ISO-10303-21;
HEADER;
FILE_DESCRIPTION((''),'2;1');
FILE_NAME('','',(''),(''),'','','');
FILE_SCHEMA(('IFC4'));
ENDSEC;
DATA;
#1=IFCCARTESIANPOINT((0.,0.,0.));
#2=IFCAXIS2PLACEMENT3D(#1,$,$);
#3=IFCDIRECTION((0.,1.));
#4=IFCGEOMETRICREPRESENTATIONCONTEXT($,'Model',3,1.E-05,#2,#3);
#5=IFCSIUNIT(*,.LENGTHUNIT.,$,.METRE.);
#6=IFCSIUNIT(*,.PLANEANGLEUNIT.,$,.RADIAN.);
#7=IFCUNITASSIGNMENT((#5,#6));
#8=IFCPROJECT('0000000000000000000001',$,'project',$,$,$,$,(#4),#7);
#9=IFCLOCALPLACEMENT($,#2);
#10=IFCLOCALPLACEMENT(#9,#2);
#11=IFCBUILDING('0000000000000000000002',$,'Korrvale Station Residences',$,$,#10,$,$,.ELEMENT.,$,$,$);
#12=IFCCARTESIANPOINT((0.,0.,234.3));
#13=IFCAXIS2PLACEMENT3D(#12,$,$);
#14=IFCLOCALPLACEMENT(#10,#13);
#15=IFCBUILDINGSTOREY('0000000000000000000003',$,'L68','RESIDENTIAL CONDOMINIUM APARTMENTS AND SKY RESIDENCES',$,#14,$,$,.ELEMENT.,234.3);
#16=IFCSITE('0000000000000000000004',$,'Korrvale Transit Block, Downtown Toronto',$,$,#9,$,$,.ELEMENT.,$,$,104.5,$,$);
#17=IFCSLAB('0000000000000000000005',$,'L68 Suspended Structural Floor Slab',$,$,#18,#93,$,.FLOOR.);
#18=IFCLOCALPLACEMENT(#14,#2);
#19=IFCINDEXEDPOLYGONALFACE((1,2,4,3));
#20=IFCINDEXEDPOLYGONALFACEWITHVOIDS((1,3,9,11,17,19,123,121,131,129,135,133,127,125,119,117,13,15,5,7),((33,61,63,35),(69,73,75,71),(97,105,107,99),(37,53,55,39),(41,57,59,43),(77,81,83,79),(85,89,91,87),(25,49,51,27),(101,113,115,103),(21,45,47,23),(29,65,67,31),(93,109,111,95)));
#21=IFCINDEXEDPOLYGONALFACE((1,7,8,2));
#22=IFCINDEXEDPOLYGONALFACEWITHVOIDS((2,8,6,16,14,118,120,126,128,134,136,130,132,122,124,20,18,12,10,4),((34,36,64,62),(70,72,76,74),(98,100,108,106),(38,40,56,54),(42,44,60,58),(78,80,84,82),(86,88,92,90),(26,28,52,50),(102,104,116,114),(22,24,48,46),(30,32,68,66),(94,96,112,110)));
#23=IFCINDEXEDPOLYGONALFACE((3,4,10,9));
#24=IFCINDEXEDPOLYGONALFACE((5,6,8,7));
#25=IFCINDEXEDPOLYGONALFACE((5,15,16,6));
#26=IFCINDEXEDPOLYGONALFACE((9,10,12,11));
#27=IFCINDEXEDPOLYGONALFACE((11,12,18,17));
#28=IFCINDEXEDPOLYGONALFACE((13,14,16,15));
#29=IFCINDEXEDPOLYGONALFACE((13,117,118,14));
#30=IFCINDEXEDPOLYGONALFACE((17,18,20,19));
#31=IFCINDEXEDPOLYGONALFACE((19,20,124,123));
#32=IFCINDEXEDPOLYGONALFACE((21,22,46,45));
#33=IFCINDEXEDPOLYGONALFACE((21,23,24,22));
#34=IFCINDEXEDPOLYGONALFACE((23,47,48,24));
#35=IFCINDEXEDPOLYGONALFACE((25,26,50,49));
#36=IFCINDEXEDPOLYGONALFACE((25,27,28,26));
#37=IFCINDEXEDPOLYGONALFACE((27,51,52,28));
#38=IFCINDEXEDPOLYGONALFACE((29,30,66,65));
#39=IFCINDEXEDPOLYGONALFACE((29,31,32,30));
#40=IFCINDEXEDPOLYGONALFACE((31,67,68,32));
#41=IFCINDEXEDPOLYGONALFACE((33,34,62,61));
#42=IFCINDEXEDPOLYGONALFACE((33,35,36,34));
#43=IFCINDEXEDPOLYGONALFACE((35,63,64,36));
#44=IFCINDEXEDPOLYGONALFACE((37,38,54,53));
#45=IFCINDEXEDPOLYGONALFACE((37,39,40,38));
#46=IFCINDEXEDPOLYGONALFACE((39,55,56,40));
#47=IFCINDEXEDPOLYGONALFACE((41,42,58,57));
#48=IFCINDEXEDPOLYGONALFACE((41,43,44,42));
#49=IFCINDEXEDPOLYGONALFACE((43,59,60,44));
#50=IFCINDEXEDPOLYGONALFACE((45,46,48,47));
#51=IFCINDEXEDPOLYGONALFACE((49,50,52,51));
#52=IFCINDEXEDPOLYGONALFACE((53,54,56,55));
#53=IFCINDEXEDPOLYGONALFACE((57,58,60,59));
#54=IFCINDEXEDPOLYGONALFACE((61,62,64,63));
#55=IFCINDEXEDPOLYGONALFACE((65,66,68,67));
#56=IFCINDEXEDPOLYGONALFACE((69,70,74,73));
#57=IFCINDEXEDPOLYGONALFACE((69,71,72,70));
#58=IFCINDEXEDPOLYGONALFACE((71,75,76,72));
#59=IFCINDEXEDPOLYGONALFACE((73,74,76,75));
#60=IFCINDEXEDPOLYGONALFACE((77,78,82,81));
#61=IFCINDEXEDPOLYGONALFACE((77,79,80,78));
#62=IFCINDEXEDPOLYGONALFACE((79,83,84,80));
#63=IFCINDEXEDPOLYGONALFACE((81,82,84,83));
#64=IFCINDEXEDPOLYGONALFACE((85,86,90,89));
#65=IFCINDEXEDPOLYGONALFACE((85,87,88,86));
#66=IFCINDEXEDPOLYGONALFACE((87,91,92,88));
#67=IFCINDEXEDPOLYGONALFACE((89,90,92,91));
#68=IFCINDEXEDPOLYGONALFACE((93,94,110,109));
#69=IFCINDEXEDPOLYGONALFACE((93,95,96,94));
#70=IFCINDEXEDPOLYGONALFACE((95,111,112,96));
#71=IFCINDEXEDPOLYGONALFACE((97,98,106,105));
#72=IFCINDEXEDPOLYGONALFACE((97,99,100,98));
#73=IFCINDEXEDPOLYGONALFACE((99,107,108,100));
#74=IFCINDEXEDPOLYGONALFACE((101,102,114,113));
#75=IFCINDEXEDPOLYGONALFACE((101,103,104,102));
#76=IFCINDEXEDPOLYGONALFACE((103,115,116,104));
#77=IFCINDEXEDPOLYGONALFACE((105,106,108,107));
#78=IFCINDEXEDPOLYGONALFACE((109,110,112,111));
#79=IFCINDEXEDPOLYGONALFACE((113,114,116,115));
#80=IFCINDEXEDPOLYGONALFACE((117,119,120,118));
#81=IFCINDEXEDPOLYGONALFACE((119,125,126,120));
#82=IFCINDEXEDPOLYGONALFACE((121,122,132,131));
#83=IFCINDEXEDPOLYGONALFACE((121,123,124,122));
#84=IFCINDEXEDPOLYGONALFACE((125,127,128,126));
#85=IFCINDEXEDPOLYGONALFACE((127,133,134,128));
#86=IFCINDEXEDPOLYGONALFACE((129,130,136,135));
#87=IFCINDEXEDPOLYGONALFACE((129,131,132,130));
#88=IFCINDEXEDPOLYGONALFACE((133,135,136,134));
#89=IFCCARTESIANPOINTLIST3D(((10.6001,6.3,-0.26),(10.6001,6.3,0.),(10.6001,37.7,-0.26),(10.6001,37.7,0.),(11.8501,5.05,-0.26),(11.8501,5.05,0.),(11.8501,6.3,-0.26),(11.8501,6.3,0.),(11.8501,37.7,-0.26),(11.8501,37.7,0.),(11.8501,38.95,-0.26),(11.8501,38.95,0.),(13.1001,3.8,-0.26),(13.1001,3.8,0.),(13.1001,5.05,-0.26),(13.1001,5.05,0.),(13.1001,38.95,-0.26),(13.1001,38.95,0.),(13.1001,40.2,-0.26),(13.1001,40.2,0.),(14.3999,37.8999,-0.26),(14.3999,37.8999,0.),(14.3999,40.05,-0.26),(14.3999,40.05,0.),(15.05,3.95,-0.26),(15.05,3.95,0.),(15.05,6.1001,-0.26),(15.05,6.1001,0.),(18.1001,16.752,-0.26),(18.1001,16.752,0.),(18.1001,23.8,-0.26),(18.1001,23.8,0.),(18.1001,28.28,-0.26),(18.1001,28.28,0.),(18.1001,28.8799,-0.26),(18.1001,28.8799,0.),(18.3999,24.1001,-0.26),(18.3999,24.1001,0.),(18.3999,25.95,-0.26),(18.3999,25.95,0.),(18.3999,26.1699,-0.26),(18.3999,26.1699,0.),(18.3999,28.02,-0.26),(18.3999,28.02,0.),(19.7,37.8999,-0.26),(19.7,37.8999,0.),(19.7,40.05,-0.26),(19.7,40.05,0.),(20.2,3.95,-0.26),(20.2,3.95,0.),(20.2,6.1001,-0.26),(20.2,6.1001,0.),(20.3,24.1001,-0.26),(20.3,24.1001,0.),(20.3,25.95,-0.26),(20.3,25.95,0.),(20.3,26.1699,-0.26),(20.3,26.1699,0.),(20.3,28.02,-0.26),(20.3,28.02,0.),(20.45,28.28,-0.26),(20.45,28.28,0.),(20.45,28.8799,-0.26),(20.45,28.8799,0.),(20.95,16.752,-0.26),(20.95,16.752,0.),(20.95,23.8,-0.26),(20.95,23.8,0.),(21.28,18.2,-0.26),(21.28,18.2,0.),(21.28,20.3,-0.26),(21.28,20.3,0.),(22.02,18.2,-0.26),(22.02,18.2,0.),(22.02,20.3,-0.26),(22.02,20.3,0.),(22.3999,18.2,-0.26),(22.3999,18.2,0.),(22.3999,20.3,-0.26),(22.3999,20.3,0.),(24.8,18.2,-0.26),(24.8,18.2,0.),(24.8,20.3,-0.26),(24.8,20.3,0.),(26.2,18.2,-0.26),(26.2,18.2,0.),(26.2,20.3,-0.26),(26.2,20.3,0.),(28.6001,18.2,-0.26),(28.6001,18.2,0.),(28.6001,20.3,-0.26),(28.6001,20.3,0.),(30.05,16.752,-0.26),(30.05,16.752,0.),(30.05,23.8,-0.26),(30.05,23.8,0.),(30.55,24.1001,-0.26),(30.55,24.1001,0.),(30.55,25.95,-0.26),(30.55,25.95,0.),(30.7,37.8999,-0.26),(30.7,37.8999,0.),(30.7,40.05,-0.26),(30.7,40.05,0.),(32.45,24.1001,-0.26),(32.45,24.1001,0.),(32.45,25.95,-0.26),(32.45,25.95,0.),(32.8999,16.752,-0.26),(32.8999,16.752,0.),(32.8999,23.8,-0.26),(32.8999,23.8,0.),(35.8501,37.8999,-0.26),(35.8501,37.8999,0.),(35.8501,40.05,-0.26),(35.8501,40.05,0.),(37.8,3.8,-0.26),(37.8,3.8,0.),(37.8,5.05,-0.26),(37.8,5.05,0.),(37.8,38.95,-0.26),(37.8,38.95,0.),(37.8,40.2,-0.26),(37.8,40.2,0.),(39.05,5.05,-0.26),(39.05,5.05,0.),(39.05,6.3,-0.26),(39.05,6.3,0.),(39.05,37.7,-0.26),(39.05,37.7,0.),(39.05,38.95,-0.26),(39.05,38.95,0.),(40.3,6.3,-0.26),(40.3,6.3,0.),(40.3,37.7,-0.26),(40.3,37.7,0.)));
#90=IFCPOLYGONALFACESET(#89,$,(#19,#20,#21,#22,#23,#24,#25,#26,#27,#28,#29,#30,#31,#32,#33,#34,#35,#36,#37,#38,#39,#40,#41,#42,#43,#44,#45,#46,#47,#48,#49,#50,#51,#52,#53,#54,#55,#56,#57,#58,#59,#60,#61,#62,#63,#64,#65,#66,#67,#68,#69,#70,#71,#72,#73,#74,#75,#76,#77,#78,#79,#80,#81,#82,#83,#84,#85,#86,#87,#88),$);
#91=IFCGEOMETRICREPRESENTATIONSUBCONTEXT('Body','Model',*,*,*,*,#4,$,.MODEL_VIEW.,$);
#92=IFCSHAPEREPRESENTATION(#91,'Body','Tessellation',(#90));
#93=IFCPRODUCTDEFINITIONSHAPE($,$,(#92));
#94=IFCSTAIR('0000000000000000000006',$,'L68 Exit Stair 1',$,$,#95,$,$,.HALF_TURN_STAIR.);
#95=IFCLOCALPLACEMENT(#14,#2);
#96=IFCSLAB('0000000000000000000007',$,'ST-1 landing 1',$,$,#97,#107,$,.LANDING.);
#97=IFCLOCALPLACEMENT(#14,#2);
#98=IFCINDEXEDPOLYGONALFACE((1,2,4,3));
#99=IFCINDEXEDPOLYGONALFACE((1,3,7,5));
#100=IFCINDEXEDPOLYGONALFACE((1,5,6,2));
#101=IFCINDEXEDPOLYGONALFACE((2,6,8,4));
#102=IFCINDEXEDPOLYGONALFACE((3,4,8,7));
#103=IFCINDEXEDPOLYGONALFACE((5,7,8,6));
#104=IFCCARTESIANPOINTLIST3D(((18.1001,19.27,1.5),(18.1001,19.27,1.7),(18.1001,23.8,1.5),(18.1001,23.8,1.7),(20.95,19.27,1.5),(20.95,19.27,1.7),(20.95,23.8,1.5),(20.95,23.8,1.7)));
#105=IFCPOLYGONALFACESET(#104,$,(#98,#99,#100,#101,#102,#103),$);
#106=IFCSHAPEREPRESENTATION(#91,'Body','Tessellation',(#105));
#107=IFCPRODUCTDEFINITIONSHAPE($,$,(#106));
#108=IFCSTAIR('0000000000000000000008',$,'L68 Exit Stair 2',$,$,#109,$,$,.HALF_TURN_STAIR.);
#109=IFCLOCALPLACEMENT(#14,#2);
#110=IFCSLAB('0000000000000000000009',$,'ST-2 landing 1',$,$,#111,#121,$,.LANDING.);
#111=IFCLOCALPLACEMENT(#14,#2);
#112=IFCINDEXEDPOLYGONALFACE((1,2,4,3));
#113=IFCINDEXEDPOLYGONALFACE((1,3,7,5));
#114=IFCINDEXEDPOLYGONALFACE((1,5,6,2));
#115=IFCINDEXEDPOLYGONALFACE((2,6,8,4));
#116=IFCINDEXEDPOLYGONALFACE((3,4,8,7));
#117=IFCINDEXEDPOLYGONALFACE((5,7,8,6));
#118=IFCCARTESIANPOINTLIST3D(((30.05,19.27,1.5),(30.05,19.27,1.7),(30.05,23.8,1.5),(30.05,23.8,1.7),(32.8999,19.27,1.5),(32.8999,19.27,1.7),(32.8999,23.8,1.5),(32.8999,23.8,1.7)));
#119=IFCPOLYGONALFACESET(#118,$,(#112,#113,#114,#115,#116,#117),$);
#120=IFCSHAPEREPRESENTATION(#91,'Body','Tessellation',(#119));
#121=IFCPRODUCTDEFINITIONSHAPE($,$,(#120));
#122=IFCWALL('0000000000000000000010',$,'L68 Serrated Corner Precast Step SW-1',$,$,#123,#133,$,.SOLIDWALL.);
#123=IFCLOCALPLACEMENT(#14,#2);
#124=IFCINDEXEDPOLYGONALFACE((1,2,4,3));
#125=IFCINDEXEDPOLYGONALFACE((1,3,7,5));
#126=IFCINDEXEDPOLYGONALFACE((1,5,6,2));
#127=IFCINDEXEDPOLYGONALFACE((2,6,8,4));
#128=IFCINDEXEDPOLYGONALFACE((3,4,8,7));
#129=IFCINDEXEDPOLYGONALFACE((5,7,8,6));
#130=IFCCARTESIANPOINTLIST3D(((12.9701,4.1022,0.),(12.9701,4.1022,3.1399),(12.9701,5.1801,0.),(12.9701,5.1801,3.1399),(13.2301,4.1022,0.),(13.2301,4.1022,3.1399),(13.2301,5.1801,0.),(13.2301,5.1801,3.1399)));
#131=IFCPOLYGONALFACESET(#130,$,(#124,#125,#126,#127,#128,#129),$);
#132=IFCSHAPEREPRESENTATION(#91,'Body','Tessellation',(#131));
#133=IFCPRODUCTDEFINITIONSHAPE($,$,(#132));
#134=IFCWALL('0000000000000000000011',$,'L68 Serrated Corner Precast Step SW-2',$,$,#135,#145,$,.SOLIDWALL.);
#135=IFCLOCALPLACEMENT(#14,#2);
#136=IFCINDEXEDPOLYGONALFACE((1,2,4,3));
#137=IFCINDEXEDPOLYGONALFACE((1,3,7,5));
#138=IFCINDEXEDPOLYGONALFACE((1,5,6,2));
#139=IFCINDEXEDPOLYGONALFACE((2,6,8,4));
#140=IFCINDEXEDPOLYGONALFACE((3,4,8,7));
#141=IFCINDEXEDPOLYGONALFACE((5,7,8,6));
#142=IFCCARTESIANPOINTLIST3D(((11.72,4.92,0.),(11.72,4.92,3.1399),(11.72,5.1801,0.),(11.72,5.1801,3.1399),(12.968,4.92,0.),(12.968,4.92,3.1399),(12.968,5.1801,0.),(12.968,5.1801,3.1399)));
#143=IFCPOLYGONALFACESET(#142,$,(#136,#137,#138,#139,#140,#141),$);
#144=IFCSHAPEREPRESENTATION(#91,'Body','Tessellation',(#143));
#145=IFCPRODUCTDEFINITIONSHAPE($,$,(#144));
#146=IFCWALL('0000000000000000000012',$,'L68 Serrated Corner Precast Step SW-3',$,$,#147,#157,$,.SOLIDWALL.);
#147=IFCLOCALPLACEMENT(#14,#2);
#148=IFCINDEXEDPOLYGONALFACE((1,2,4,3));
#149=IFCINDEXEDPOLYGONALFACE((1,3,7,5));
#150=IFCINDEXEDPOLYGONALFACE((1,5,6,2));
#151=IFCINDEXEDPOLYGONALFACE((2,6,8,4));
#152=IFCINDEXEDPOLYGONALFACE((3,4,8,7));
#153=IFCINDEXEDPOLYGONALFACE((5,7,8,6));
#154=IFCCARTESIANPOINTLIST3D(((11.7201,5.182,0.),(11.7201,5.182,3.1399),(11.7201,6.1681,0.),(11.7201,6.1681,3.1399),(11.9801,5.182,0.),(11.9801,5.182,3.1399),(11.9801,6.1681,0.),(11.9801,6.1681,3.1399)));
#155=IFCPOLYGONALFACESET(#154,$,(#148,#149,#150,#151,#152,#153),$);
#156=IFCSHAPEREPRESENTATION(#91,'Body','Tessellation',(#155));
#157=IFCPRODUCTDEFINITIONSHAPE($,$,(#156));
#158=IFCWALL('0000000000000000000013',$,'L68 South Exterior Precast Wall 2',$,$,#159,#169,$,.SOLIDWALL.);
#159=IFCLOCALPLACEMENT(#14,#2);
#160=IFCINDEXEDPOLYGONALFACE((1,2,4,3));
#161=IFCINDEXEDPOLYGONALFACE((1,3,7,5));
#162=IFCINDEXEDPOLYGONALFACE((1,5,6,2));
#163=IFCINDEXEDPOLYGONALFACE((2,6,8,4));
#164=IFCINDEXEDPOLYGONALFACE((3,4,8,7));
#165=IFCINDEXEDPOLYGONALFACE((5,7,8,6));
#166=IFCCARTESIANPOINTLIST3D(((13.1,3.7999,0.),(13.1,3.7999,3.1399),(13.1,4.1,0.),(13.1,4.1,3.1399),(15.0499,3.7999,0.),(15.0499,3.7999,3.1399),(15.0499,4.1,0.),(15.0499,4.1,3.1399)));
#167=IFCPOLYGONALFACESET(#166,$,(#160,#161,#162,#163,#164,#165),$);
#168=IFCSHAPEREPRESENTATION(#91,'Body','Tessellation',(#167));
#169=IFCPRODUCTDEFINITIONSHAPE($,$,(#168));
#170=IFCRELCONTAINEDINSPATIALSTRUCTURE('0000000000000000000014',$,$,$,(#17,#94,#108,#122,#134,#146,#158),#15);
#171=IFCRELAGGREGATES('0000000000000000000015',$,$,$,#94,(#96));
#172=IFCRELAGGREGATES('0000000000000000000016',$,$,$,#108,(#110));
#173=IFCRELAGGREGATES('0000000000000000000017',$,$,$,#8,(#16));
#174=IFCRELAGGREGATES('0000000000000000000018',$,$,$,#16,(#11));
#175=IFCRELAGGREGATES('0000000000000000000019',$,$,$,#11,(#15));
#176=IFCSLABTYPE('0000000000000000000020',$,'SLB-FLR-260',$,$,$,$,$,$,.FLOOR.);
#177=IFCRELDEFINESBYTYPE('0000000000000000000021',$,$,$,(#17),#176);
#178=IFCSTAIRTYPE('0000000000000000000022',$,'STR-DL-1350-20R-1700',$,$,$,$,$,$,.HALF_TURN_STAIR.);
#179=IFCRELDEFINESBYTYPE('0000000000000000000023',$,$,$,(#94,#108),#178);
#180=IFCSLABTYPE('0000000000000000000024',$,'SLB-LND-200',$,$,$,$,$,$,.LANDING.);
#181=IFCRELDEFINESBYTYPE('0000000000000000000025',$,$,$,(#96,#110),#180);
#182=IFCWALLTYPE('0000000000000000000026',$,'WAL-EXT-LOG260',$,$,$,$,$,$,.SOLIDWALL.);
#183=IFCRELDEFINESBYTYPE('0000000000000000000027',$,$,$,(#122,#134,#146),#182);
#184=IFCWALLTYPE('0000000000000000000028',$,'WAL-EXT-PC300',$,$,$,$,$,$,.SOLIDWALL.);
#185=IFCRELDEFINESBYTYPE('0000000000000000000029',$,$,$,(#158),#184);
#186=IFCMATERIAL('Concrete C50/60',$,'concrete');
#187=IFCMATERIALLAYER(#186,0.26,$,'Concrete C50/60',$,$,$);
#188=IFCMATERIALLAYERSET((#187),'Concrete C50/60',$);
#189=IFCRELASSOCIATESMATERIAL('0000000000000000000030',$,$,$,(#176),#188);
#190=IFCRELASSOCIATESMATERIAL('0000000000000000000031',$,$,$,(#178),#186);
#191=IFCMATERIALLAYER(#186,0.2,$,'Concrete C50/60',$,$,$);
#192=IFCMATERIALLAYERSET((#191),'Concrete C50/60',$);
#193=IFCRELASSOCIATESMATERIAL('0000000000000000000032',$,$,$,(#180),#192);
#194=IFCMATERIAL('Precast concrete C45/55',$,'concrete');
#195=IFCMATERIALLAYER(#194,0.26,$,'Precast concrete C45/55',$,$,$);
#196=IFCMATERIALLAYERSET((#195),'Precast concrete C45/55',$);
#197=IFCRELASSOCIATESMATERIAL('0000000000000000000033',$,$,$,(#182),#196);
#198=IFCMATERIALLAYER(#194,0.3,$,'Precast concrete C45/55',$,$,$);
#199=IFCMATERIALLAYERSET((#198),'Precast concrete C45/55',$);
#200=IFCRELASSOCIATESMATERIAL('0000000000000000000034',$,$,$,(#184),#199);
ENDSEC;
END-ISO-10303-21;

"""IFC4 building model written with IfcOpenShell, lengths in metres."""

from ifc_helpers import new_model, si_unit, direction, frame, frame_2d, origin, place, context, subcontext, project, spatial, polyline, rectangle, outline, extrude, material, layer, layer_set, type_object, element, aggregate, save


model = new_model("IFC4")

# Units and contexts
model_context = context("Model", 3, precision=1e-05, world=origin(), true_north=direction((0.0, 1.0)))
body_context = subcontext(model_context, "Body", "Model", "MODEL_VIEW")
ifc_project = project(units=[si_unit("LENGTHUNIT", "METRE"), si_unit("PLANEANGLEUNIT", "RADIAN")], contexts=[model_context])

# Site, building, storey
site_placement = place(None, origin())
site = spatial("IfcSite", under=ifc_project, at=site_placement, Name="Korrvale Transit Block, Downtown Toronto", CompositionType="ELEMENT", RefElevation=104.5)
building_placement = place(site_placement, origin())
building = spatial("IfcBuilding", under=site, at=building_placement, Name="Korrvale Station Residences", CompositionType="ELEMENT")
storey_placement = place(building_placement, frame((0.0, 0.0, 234.3)))
storey = spatial("IfcBuildingStorey", under=building, at=storey_placement, Name="L68", Description="RESIDENTIAL CONDOMINIUM APARTMENTS AND SKY RESIDENCES", CompositionType="ELEMENT", Elevation=234.3)

# Shared definitions
ifc_material_1 = material(Name="Concrete C50/60", Category="concrete")

# Slab
ifc_layer_1 = layer(ifc_material_1, 0.26, Name="Concrete C50/60")
ifc_layer_set_1 = layer_set([ifc_layer_1], Name="Concrete C50/60")
slab_type_1 = type_object("IfcSlabType", Name="SLB-FLR-260", PredefinedType="FLOOR", material=ifc_layer_set_1)
slab_1_placement = place(storey_placement, frame((0.0, 0.0, -0.26)))
element("IfcSlab", 1, at=slab_1_placement, inside=storey, type_object=slab_type_1, Name="L68 Suspended Structural Floor Slab", PredefinedType="FLOOR", context=body_context, shape_type="SweptSolid", body=[
    extrude(outline(polyline([(13.1001, 3.8), (37.8, 3.8), (37.8, 5.05), (39.05, 5.05), (39.05, 6.3), (40.3, 6.3), (40.3, 37.7), (39.05, 37.7), (39.05, 38.95), (37.8, 38.95), (37.8, 40.2), (13.1001, 40.2), (13.1001, 38.95), (11.8501, 38.95), (11.8501, 37.7), (10.6001, 37.7), (10.6001, 6.3), (11.8501, 6.3), (11.8501, 5.05), (13.1001, 5.05), (13.1001, 3.8)]), holes=[polyline([(20.95, 16.752), (20.95, 23.8), (18.1001, 23.8), (18.1001, 16.752), (20.95, 16.752)]), polyline([(32.8999, 16.752), (32.8999, 23.8), (30.05, 23.8), (30.05, 16.752), (32.8999, 16.752)]), polyline([(18.3999, 24.1001), (20.3, 24.1001), (20.3, 25.95), (18.3999, 25.95), (18.3999, 24.1001)]), polyline([(18.3999, 26.1699), (20.3, 26.1699), (20.3, 28.02), (18.3999, 28.02), (18.3999, 26.1699)]), polyline([(30.55, 24.1001), (32.45, 24.1001), (32.45, 25.95), (30.55, 25.95), (30.55, 24.1001)]), polyline([(22.3999, 18.2), (24.8, 18.2), (24.8, 20.3), (22.3999, 20.3), (22.3999, 18.2)]), polyline([(26.2, 18.2), (28.6001, 18.2), (28.6001, 20.3), (26.2, 20.3), (26.2, 18.2)]), polyline([(18.1001, 28.28), (20.45, 28.28), (20.45, 28.8799), (18.1001, 28.8799), (18.1001, 28.28)]), polyline([(21.28, 18.2), (22.02, 18.2), (22.02, 20.3), (21.28, 20.3), (21.28, 18.2)]), polyline([(15.05, 3.95), (20.2, 3.95), (20.2, 6.1001), (15.05, 6.1001), (15.05, 3.95)]), polyline([(30.7, 37.8999), (35.8501, 37.8999), (35.8501, 40.05), (30.7, 40.05), (30.7, 37.8999)]), polyline([(14.3999, 37.8999), (19.7, 37.8999), (19.7, 40.05), (14.3999, 40.05), (14.3999, 37.8999)])]), origin(), (0.0, 0.0, 1.0), 0.26),
])

# Stairs, slabs
stair_type = type_object("IfcStairType", Name="STR-DL-1350-20R-1700", PredefinedType="HALF_TURN_STAIR", material=ifc_material_1)
stair_1_placement = place(storey_placement, origin())
stair_1 = element("IfcStair", 2, at=stair_1_placement, inside=storey, type_object=stair_type, Name="L68 Exit Stair 1", PredefinedType="HALF_TURN_STAIR")
ifc_layer_2 = layer(ifc_material_1, 0.2, Name="Concrete C50/60")
ifc_layer_set_2 = layer_set([ifc_layer_2], Name="Concrete C50/60")
slab_type_2 = type_object("IfcSlabType", Name="SLB-LND-200", PredefinedType="LANDING", material=ifc_layer_set_2)
slab_2_placement = place(storey_placement, frame((0.0, 0.0, 1.5)))
slab_2 = element("IfcSlab", 3, at=slab_2_placement, type_object=slab_type_2, Name="ST-1 landing 1", PredefinedType="LANDING", context=body_context, shape_type="SweptSolid", body=[
    extrude(outline(polyline([(20.95, 19.27), (20.95, 23.8), (18.1001, 23.8), (18.1001, 19.27), (20.95, 19.27)])), origin(), (0.0, 0.0, 1.0), 0.2),
])
aggregate(stair_1, [slab_2])
stair_2_placement = place(storey_placement, origin())
stair_2 = element("IfcStair", 4, at=stair_2_placement, inside=storey, type_object=stair_type, Name="L68 Exit Stair 2", PredefinedType="HALF_TURN_STAIR")
slab_3_placement = place(storey_placement, frame((0.0, 0.0, 1.5)))
slab_3 = element("IfcSlab", 5, at=slab_3_placement, type_object=slab_type_2, Name="ST-2 landing 1", PredefinedType="LANDING", context=body_context, shape_type="SweptSolid", body=[
    extrude(outline(polyline([(32.8999, 19.27), (32.8999, 23.8), (30.05, 23.8), (30.05, 19.27), (32.8999, 19.27)])), origin(), (0.0, 0.0, 1.0), 0.2),
])
aggregate(stair_2, [slab_3])

# Walls
ifc_material_2 = material(Name="Precast concrete C45/55", Category="concrete")
ifc_layer_3 = layer(ifc_material_2, 0.26, Name="Precast concrete C45/55")
ifc_layer_set_3 = layer_set([ifc_layer_3], Name="Precast concrete C45/55")
wall_type_1 = type_object("IfcWallType", Name="WAL-EXT-LOG260", PredefinedType="SOLIDWALL", material=ifc_layer_set_3)
wall_1_placement = place(storey_placement, frame((13.1001, 4.1021, 0.0), z_axis=(0.0, 0.0, 1.0), x_axis=(0.0, 1.0, 0.0)))
element("IfcWall", 6, at=wall_1_placement, inside=storey, type_object=wall_type_1, Name="L68 Serrated Corner Precast Step SW-1", PredefinedType="SOLIDWALL", context=body_context, shape_type="SweptSolid", body=[
    extrude(rectangle(XDim=1.0779, YDim=0.26, at=frame_2d((0.5391, 0.0))), origin(), (0.0, 0.0, 1.0), 3.1399),
])
wall_2_placement = place(storey_placement, frame((12.968, 5.05, 0.0), z_axis=(0.0, 0.0, 1.0), x_axis=(-1.0, 0.0, 0.0)))
element("IfcWall", 7, at=wall_2_placement, inside=storey, type_object=wall_type_1, Name="L68 Serrated Corner Precast Step SW-2", PredefinedType="SOLIDWALL", context=body_context, shape_type="SweptSolid", body=[
    extrude(rectangle(XDim=1.248, YDim=0.26, at=frame_2d((0.624, 0.0))), origin(), (0.0, 0.0, 1.0), 3.1399),
])
wall_3_placement = place(storey_placement, frame((11.8501, 5.1819, 0.0), z_axis=(0.0, 0.0, 1.0), x_axis=(0.0, 1.0, 0.0)))
element("IfcWall", 8, at=wall_3_placement, inside=storey, type_object=wall_type_1, Name="L68 Serrated Corner Precast Step SW-3", PredefinedType="SOLIDWALL", context=body_context, shape_type="SweptSolid", body=[
    extrude(rectangle(XDim=0.9861, YDim=0.26, at=frame_2d((0.4932, 0.0))), origin(), (0.0, 0.0, 1.0), 3.1399),
])
ifc_layer_4 = layer(ifc_material_2, 0.3, Name="Precast concrete C45/55")
ifc_layer_set_4 = layer_set([ifc_layer_4], Name="Precast concrete C45/55")
wall_type_2 = type_object("IfcWallType", Name="WAL-EXT-PC300", PredefinedType="SOLIDWALL", material=ifc_layer_set_4)
wall_4_placement = place(storey_placement, frame((15.05, 3.95, 0.0), z_axis=(0.0, 0.0, 1.0), x_axis=(-1.0, 0.0, 0.0)))
element("IfcWall", 9, at=wall_4_placement, inside=storey, type_object=wall_type_2, Name="L68 South Exterior Precast Wall 2", PredefinedType="SOLIDWALL", context=body_context, shape_type="SweptSolid", body=[
    extrude(rectangle(XDim=1.95, YDim=0.3, at=frame_2d((0.9751, 0.0))), origin(), (0.0, 0.0, 1.0), 3.1399),
])

save(model, "model.ifc")
